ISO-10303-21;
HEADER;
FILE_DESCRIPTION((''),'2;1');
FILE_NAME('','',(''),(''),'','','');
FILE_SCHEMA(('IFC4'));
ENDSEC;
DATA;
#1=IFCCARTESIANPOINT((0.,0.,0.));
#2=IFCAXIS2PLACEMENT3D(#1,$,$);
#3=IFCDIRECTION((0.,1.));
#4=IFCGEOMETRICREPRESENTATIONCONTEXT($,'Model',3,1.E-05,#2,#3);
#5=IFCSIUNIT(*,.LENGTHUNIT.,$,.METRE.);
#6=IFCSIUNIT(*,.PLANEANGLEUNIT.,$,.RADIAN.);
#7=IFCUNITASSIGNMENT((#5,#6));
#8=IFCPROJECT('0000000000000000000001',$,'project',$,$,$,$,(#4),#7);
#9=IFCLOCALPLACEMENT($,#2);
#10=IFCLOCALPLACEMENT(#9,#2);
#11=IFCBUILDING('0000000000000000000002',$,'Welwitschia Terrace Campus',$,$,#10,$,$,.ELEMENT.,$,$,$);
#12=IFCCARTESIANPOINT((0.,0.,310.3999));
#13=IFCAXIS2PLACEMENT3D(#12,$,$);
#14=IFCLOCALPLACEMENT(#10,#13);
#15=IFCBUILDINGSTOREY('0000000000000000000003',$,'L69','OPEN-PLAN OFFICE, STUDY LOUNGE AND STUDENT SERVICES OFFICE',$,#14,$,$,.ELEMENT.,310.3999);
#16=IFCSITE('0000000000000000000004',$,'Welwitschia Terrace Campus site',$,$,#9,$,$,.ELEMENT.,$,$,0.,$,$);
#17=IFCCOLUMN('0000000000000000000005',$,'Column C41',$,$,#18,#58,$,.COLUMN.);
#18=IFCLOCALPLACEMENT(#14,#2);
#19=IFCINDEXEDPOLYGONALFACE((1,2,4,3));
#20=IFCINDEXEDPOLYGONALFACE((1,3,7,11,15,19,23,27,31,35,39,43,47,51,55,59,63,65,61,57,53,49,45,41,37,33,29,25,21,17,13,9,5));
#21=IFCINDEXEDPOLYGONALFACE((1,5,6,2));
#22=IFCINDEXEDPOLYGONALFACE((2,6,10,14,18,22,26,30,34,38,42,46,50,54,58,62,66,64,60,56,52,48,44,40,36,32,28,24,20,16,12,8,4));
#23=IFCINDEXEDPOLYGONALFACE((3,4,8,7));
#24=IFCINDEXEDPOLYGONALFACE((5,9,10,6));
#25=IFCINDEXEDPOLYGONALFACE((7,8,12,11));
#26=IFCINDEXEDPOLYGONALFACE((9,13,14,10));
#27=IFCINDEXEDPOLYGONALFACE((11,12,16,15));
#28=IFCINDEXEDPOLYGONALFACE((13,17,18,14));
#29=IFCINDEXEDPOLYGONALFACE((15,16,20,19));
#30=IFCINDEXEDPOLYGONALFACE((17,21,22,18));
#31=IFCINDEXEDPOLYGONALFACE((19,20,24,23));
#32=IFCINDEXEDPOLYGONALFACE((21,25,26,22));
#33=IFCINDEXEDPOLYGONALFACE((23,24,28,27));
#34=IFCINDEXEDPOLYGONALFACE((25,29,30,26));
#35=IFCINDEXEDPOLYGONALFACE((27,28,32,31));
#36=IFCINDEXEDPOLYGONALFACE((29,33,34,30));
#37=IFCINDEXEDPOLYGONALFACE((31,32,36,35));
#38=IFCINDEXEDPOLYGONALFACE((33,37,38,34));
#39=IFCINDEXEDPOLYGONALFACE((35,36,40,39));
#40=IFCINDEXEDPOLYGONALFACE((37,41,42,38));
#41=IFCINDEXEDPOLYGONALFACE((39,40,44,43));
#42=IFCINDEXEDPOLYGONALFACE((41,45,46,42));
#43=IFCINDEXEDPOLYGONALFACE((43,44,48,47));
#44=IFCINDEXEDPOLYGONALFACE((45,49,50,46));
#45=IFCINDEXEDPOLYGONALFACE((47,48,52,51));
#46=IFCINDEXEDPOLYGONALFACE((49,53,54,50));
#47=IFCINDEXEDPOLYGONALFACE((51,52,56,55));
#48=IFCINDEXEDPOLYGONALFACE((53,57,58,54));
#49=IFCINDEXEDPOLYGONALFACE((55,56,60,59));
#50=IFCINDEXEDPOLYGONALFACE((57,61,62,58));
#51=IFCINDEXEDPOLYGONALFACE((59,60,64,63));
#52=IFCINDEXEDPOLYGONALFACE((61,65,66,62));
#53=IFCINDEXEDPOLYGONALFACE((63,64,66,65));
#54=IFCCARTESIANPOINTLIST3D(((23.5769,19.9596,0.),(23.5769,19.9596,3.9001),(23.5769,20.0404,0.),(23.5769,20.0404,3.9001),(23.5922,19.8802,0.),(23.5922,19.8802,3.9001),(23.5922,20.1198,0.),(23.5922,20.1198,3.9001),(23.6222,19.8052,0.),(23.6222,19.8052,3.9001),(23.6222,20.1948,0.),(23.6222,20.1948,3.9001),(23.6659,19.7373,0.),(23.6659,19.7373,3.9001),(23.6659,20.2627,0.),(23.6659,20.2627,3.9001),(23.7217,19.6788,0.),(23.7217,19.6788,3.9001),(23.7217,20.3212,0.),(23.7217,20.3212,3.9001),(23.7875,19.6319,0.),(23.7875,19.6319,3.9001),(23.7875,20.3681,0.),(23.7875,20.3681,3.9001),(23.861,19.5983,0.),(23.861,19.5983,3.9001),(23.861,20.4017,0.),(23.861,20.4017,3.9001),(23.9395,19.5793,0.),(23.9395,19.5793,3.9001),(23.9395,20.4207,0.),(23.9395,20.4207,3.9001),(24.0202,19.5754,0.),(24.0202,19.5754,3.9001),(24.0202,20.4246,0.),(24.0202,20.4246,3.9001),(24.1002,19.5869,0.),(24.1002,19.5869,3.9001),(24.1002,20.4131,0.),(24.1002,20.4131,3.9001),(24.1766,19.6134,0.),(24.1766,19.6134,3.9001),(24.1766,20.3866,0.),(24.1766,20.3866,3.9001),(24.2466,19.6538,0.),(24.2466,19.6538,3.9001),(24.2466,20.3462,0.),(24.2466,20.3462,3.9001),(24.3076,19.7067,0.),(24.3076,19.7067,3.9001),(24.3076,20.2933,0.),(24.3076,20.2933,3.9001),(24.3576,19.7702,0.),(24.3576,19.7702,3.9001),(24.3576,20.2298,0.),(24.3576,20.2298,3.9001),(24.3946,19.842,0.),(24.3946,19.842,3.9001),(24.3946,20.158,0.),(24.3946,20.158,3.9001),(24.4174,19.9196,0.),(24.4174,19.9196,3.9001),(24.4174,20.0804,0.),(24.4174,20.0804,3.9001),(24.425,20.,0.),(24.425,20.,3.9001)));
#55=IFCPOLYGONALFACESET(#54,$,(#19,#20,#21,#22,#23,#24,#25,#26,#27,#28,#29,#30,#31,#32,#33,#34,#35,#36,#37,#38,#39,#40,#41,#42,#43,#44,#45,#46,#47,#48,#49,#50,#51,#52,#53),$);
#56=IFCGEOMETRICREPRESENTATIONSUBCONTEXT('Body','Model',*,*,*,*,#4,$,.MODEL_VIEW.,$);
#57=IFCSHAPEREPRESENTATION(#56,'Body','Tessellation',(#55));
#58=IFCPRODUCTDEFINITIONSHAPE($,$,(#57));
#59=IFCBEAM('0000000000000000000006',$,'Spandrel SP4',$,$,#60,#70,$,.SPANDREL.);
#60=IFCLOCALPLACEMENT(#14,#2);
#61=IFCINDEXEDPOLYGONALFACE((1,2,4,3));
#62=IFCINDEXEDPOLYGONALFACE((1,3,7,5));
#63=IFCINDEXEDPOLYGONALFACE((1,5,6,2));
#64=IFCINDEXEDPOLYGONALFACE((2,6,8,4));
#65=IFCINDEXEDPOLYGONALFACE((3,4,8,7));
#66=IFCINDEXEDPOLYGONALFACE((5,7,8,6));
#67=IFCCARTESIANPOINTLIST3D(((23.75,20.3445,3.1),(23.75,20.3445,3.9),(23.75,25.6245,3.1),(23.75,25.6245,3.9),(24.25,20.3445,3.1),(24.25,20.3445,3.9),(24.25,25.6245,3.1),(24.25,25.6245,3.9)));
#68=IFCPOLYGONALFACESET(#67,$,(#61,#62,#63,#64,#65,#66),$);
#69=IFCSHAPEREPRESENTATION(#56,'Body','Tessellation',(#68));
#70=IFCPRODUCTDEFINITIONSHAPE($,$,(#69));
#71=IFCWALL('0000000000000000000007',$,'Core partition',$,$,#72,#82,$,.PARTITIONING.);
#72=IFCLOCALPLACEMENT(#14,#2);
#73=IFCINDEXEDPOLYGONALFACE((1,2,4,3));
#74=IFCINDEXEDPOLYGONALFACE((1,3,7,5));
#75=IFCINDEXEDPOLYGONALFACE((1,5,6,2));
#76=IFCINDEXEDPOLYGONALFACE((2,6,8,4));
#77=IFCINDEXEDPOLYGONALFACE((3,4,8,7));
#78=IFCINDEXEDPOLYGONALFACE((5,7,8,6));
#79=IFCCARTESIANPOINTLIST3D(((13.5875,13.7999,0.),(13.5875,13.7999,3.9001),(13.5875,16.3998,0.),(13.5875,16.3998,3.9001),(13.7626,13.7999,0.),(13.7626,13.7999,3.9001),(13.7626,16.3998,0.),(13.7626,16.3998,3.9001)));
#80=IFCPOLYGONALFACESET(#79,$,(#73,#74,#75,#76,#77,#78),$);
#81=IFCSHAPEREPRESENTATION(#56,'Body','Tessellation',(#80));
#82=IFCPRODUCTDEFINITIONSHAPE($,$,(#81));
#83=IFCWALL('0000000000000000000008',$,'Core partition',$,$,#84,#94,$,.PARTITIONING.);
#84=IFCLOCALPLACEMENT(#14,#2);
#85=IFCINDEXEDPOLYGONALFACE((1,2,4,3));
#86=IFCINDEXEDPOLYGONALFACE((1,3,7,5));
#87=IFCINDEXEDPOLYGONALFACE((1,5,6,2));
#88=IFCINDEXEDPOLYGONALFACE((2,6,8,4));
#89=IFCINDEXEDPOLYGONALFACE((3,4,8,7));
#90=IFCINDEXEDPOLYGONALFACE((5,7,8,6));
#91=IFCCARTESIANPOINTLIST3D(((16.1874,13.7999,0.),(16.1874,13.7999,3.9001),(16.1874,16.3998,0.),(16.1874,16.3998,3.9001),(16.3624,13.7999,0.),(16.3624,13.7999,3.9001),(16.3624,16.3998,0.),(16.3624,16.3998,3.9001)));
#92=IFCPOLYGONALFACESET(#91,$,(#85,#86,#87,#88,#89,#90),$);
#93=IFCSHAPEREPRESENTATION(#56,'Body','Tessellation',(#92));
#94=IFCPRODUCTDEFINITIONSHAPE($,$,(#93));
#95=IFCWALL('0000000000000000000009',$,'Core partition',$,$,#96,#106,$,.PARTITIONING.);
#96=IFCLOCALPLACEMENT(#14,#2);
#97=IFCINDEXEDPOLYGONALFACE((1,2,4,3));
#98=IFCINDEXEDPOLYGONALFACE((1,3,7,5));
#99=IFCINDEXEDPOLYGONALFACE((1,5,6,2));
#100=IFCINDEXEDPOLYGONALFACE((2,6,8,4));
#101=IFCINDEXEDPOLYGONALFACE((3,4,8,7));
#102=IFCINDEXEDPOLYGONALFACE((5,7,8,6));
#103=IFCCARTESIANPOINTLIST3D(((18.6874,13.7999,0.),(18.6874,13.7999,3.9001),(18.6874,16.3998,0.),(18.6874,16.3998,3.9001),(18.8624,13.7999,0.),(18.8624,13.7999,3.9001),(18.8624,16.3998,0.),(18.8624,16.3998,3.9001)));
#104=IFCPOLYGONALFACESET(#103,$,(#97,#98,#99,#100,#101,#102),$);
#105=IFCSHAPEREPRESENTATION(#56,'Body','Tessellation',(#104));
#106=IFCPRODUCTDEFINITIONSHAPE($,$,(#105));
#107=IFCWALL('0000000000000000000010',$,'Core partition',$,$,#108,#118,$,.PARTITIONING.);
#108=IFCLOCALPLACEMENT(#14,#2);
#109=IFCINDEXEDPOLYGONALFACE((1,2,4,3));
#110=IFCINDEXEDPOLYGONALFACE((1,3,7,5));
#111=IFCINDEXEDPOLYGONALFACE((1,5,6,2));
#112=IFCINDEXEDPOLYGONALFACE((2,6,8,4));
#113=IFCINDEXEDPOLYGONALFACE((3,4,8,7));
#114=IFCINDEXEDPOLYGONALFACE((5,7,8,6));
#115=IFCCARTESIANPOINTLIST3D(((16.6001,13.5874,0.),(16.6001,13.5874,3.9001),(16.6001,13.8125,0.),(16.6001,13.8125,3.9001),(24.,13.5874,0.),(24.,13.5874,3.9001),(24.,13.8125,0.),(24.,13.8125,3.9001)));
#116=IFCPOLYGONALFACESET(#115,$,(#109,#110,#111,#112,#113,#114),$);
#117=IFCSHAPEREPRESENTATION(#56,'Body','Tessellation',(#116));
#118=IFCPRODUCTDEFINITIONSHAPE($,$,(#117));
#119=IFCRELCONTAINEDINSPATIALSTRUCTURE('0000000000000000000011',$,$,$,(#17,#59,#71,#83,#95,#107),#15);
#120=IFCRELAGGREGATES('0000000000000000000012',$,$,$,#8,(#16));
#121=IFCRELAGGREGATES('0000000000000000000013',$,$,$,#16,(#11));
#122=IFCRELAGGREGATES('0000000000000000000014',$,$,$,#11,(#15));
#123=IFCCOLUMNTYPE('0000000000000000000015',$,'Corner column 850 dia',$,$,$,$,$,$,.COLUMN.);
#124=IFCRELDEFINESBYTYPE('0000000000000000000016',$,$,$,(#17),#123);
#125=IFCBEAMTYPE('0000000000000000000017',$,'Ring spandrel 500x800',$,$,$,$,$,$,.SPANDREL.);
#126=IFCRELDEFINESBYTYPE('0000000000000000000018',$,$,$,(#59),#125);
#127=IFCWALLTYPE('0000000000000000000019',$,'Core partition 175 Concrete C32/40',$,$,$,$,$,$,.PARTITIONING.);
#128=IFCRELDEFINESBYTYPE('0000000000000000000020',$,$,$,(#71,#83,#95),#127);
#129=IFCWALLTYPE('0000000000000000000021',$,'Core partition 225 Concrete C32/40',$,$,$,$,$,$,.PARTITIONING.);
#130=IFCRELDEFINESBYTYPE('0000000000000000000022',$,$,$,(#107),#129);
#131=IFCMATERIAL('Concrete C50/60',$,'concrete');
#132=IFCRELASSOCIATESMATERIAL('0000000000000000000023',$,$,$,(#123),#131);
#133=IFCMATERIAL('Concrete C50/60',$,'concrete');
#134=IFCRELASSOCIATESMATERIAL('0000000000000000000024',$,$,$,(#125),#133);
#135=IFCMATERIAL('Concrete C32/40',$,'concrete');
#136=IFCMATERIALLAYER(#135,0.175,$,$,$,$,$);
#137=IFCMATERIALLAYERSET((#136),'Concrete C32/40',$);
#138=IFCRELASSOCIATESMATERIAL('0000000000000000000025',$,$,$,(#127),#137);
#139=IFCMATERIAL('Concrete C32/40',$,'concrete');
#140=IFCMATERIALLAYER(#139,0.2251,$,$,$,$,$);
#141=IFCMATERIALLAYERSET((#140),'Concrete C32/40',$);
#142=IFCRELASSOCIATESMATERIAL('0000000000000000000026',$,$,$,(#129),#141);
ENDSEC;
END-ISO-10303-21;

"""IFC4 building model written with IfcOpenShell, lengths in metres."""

from ifc_helpers import new_model, si_unit, direction, frame, frame_2d, origin, origin_2d, place, context, subcontext, project, spatial, rectangle, circle, extrude, material, layer, layer_set, material_profile, profile_set, type_object, element, save


model = new_model("IFC4")

# Units and contexts
model_context = context("Model", 3, precision=1e-05, world=origin(), true_north=direction((0.0, 1.0)))
body_context = subcontext(model_context, "Body", "Model", "MODEL_VIEW")
ifc_project = project(units=[si_unit("LENGTHUNIT", "METRE"), si_unit("PLANEANGLEUNIT", "RADIAN")], contexts=[model_context])

# Site, building, storey
site_placement = place(None, origin())
site = spatial("IfcSite", under=ifc_project, at=site_placement, Name="Welwitschia Terrace Campus site", CompositionType="ELEMENT", RefElevation=0.0)
building_placement = place(site_placement, origin())
building = spatial("IfcBuilding", under=site, at=building_placement, Name="Welwitschia Terrace Campus", CompositionType="ELEMENT")
storey_placement = place(building_placement, frame((0.0, 0.0, 310.3999)))
storey = spatial("IfcBuildingStorey", under=building, at=storey_placement, Name="L69", Description="OPEN-PLAN OFFICE, STUDY LOUNGE AND STUDENT SERVICES OFFICE", CompositionType="ELEMENT", Elevation=310.3999)

# Column
ifc_material_1 = material(Name="Concrete C50/60", Category="concrete")
ifc_material_profile_1 = material_profile(ifc_material_1, circle(Radius=0.425, at=origin_2d()))
ifc_profile_set_1 = profile_set([ifc_material_profile_1], Name="Concrete C50/60")
column_type = type_object("IfcColumnType", Name="Corner column 850 dia", PredefinedType="COLUMN", material=ifc_profile_set_1)
column_placement = place(storey_placement, frame((24.0, 20.0, 0.0), z_axis=(0.0, 0.0, 1.0), x_axis=(1.0, 0.0, 0.0)))
element("IfcColumn", 1, at=column_placement, inside=storey, type_object=column_type, Name="Column C41", PredefinedType="COLUMN", context=body_context, shape_type="SweptSolid", body=[
    extrude(circle(Radius=0.425, at=origin_2d()), origin(), (0.0, 0.0, 1.0), 3.9001),
])

# Beam
ifc_material_2 = material(Name="Concrete C50/60", Category="concrete")
ifc_material_profile_2 = material_profile(ifc_material_2, rectangle(XDim=0.5, YDim=0.8, at=origin_2d()))
ifc_profile_set_2 = profile_set([ifc_material_profile_2], Name="Concrete C50/60")
beam_type = type_object("IfcBeamType", Name="Ring spandrel 500x800", PredefinedType="SPANDREL", material=ifc_profile_set_2)
beam_placement = place(storey_placement, frame((24.0, 20.3445, 3.5), z_axis=(0.0, 1.0, 0.0), x_axis=(-1.0, 0.0, 0.0)))
element("IfcBeam", 2, at=beam_placement, inside=storey, type_object=beam_type, Name="Spandrel SP4", PredefinedType="SPANDREL", context=body_context, shape_type="SweptSolid", body=[
    extrude(rectangle(XDim=0.5, YDim=0.8, at=origin_2d()), origin(), (0.0, 0.0, 1.0), 5.28),
])

# Walls
ifc_material_3 = material(Name="Concrete C32/40", Category="concrete")
ifc_layer_1 = layer(ifc_material_3, 0.175)
ifc_layer_set_1 = layer_set([ifc_layer_1], Name="Concrete C32/40")
wall_type_1 = type_object("IfcWallType", Name="Core partition 175 Concrete C32/40", PredefinedType="PARTITIONING", material=ifc_layer_set_1)
for number, where, z_axis, x_axis, name in (
    (3, (13.675, 13.8, 0.0), (0.0, 0.0, 1.0), (0.0, 1.0, 0.0), "Core partition"),
    (4, (16.2749, 13.8, 0.0), (0.0, 0.0, 1.0), (0.0, 1.0, 0.0), "Core partition"),
    (5, (18.7749, 13.8, 0.0), (0.0, 0.0, 1.0), (0.0, 1.0, 0.0), "Core partition"),
):
    element("IfcWall", number, at=place(storey_placement, frame(where, z_axis=z_axis, x_axis=x_axis)), inside=storey, type_object=wall_type_1, Name=name, PredefinedType="PARTITIONING", context=body_context, shape_type="SweptSolid", body=[
        extrude(rectangle(XDim=2.5999, YDim=0.175, at=frame_2d((1.2998, 0.0))), origin(), (0.0, 0.0, 1.0), 3.9001),
    ])
ifc_material_4 = material(Name="Concrete C32/40", Category="concrete")
ifc_layer_2 = layer(ifc_material_4, 0.2251)
ifc_layer_set_2 = layer_set([ifc_layer_2], Name="Concrete C32/40")
wall_type_2 = type_object("IfcWallType", Name="Core partition 225 Concrete C32/40", PredefinedType="PARTITIONING", material=ifc_layer_set_2)
wall_1_placement = place(storey_placement, frame((16.6001, 13.7, 0.0), z_axis=(0.0, 0.0, 1.0), x_axis=(1.0, 0.0, 0.0)))
element("IfcWall", 6, at=wall_1_placement, inside=storey, type_object=wall_type_2, Name="Core partition", PredefinedType="PARTITIONING", context=body_context, shape_type="SweptSolid", body=[
    extrude(rectangle(XDim=7.3999, YDim=0.2251, at=frame_2d((3.7, 0.0))), origin(), (0.0, 0.0, 1.0), 3.9001),
])

save(model, "model.ifc")
